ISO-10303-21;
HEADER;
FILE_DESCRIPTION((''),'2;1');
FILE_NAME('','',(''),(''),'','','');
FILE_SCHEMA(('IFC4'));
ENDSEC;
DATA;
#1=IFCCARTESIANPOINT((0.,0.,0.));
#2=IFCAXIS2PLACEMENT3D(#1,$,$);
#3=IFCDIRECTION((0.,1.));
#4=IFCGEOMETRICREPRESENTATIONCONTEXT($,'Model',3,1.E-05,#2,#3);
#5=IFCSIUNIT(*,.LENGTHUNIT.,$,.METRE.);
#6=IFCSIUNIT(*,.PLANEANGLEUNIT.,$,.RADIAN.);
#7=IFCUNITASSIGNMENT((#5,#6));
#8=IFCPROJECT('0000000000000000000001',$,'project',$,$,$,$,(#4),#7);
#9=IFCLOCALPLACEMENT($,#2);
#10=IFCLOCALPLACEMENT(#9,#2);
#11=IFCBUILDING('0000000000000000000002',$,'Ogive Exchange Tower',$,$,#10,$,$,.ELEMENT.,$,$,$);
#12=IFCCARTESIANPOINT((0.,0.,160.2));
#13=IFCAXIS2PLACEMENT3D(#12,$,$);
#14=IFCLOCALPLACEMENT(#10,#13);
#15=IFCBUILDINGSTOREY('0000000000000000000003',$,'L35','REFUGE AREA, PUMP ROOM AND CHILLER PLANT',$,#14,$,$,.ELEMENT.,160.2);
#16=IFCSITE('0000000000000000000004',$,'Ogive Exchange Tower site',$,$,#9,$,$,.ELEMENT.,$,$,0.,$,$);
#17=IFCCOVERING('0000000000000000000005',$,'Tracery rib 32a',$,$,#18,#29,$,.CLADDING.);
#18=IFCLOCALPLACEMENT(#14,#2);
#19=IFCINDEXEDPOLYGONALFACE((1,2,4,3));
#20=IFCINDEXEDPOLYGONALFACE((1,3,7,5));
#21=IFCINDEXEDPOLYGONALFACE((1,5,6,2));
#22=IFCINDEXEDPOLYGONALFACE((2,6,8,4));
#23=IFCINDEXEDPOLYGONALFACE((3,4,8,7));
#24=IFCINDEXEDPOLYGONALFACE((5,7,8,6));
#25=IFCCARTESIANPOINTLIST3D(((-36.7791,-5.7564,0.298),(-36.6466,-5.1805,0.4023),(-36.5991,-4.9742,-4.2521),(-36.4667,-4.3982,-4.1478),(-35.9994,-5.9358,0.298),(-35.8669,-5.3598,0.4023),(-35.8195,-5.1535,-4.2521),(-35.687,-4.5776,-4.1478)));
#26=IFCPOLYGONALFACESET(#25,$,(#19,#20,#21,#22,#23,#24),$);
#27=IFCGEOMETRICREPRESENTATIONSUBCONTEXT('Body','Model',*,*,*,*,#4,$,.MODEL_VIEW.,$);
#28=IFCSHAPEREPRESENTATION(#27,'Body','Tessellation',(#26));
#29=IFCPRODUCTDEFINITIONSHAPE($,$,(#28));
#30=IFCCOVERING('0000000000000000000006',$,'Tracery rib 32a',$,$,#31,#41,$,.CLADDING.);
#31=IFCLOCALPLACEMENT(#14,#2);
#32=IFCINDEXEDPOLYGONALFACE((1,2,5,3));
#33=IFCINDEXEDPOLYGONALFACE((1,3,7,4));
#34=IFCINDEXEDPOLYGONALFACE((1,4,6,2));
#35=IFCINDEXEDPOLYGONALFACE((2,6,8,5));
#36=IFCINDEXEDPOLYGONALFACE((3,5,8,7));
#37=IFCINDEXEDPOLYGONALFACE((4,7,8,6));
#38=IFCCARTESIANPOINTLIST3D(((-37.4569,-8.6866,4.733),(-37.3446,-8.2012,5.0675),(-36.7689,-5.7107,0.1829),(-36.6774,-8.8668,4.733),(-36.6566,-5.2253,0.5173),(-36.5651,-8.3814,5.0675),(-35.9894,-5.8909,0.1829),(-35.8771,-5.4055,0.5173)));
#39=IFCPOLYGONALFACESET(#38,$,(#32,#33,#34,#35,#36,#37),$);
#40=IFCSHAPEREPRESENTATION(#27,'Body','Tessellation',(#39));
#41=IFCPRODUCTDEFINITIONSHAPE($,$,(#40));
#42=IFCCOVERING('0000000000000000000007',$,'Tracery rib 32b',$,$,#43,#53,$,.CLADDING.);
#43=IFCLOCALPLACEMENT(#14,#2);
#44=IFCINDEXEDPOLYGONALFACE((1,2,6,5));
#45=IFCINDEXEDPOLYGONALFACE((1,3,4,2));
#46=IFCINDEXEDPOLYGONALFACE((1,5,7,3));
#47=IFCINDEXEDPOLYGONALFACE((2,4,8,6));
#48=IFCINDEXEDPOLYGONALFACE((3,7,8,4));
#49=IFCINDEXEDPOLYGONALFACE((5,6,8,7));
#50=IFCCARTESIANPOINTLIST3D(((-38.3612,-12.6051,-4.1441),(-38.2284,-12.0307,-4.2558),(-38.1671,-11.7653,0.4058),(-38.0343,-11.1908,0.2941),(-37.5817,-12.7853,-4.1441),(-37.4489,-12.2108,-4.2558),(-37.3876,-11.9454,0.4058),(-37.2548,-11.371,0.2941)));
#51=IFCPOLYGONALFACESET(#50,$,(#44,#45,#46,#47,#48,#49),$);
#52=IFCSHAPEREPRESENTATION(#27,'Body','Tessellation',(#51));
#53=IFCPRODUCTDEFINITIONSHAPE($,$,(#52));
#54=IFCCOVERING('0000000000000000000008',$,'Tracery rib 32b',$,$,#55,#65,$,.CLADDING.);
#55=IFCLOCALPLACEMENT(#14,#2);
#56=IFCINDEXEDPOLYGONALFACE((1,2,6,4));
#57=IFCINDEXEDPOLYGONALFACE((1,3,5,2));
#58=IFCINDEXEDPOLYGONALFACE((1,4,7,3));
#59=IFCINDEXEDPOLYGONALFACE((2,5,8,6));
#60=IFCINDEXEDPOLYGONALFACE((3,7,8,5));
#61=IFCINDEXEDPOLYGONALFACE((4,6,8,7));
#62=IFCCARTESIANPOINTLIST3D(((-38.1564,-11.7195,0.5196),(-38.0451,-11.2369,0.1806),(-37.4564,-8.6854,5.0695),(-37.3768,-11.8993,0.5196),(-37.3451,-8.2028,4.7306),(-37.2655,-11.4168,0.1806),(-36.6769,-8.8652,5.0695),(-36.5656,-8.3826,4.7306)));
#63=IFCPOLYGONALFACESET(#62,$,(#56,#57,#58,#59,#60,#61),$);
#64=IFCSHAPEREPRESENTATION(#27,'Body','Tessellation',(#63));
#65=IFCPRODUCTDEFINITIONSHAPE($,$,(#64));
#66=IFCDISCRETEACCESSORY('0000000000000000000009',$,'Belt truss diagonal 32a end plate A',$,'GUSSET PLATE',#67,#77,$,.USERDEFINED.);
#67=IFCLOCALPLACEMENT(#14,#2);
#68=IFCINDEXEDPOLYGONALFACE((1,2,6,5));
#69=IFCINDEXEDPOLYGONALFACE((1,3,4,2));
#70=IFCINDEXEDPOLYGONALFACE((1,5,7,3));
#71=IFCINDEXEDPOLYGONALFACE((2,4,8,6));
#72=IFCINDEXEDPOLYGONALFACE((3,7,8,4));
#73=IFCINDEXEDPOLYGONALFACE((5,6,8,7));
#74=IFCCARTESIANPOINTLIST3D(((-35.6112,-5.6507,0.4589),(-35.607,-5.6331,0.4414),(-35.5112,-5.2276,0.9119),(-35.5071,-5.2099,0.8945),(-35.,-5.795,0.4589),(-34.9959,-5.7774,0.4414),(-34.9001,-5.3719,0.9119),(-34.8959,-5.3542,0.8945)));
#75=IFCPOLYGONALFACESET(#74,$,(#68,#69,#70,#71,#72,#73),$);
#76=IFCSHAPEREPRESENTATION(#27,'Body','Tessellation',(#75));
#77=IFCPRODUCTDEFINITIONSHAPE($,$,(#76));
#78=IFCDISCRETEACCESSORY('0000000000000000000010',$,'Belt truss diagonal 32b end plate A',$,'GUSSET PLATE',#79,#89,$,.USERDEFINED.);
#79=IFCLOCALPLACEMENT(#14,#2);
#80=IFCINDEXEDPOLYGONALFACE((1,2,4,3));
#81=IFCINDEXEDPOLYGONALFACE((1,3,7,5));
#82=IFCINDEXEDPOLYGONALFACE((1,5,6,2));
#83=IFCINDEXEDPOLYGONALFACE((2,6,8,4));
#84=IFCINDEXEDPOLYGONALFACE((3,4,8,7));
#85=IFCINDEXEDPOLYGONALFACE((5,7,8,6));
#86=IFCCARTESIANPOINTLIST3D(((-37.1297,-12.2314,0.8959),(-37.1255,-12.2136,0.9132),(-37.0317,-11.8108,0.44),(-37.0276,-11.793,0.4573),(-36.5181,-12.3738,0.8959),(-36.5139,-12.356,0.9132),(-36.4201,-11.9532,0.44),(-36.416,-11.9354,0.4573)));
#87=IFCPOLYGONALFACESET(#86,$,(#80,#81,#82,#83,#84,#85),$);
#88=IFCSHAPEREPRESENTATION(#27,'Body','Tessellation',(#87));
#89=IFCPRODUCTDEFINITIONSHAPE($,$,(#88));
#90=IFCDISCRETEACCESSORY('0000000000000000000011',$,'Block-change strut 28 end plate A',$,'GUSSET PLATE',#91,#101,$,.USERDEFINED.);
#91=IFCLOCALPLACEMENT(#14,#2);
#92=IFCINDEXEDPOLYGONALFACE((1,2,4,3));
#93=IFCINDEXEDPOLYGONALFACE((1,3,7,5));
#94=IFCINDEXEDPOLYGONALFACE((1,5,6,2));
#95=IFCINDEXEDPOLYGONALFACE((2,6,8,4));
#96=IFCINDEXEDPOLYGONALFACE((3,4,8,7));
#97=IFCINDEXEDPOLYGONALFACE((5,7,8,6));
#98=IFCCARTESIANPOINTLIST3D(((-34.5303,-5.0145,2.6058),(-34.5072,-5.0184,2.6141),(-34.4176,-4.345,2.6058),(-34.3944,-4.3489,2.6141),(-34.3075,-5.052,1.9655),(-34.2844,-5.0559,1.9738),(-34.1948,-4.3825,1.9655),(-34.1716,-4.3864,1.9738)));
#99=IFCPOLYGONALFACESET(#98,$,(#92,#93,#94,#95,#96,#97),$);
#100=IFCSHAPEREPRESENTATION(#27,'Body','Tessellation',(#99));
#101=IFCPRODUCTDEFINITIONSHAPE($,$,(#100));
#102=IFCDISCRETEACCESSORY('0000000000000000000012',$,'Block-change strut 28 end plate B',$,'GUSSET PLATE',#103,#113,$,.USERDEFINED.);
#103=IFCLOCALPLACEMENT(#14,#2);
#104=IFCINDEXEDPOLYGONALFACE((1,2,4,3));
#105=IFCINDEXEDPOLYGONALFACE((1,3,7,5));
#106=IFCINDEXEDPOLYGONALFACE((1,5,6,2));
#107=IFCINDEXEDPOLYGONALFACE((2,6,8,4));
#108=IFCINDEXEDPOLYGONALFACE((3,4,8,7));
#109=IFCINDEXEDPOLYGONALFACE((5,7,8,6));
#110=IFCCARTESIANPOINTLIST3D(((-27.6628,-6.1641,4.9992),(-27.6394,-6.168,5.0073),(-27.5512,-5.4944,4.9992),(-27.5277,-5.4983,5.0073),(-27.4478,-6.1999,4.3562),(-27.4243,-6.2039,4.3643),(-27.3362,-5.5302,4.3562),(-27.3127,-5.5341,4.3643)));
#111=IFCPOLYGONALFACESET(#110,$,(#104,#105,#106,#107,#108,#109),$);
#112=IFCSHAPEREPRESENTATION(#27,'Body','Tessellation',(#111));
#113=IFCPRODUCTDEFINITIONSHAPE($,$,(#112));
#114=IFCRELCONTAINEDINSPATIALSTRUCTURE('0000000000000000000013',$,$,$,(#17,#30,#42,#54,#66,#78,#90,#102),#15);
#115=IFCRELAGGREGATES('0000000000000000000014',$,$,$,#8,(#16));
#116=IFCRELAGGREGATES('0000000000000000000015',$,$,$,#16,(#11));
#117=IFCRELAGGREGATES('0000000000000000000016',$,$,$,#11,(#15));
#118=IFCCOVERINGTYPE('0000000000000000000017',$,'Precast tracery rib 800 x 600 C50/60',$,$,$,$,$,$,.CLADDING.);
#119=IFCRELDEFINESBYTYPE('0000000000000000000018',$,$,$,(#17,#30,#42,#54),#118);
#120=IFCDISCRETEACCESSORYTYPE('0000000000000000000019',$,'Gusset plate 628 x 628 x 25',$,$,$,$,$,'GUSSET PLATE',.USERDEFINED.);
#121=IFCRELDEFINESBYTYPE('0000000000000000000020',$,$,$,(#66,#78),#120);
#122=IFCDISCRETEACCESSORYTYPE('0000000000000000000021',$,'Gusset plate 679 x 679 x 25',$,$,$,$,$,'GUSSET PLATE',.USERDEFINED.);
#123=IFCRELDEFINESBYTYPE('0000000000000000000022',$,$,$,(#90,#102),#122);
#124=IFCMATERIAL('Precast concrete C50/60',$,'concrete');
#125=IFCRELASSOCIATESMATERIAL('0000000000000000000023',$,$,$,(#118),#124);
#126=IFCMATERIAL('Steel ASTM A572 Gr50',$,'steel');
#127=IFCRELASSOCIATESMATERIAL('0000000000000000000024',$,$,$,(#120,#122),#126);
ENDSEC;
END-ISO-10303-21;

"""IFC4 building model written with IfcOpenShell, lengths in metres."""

from ifc_helpers import new_model, si_unit, direction, frame, origin, origin_2d, place, context, subcontext, project, spatial, rectangle, extrude, material, material_profile, profile_set, type_object, element, save


model = new_model("IFC4")

# Units and contexts
model_context = context("Model", 3, precision=1e-05, world=origin(), true_north=direction((0.0, 1.0)))
body_context = subcontext(model_context, "Body", "Model", "MODEL_VIEW")
ifc_project = project(units=[si_unit("LENGTHUNIT", "METRE"), si_unit("PLANEANGLEUNIT", "RADIAN")], contexts=[model_context])

# Site, building, storey
site_placement = place(None, origin())
site = spatial("IfcSite", under=ifc_project, at=site_placement, Name="Ogive Exchange Tower site", CompositionType="ELEMENT", RefElevation=0.0)
building_placement = place(site_placement, origin())
building = spatial("IfcBuilding", under=site, at=building_placement, Name="Ogive Exchange Tower", CompositionType="ELEMENT")
storey_placement = place(building_placement, frame((0.0, 0.0, 160.2)))
storey = spatial("IfcBuildingStorey", under=building, at=storey_placement, Name="L35", Description="REFUGE AREA, PUMP ROOM AND CHILLER PLANT", CompositionType="ELEMENT", Elevation=160.2)

# Coverings
ifc_material_1 = material(Name="Precast concrete C50/60", Category="concrete")
ifc_material_profile_1 = material_profile(ifc_material_1, rectangle(XDim=0.8, YDim=0.6001, at=origin_2d()), Name="RIB 800 x 600")
ifc_profile_set_1 = profile_set([ifc_material_profile_1], Name="Precast concrete C50/60")
covering_type = type_object("IfcCoveringType", Name="Precast tracery rib 800 x 600 C50/60", PredefinedType="CLADDING", material=ifc_profile_set_1)
covering_1_placement = place(storey_placement, frame((-36.1431, -4.7759, -4.2), z_axis=(-0.038944, -0.169302, 0.984795), x_axis=(0.97455, -0.224171, 0.0)))
element("IfcCovering", 1, at=covering_1_placement, inside=storey, type_object=covering_type, Name="Tracery rib 32a", PredefinedType="CLADDING", context=body_context, shape_type="SweptSolid", body=[
    extrude(rectangle(XDim=0.8, YDim=0.6001, at=origin_2d()), origin(), (0.0, 0.0, 1.0), 4.6204),
])
covering_2_placement = place(storey_placement, frame((-36.323, -5.5581, 0.3501), z_axis=(-0.125542, -0.543022, 0.830281), x_axis=(0.974301, -0.225251, 0.0)))
element("IfcCovering", 2, at=covering_2_placement, inside=storey, type_object=covering_type, Name="Tracery rib 32a", PredefinedType="CLADDING", context=body_context, shape_type="SweptSolid", body=[
    extrude(rectangle(XDim=0.8, YDim=0.6001, at=origin_2d()), origin(), (0.0, 0.0, 1.0), 5.4802),
])
covering_3_placement = place(storey_placement, frame((-37.905, -12.408, -4.2), z_axis=(0.041912, 0.181353, 0.982524), x_axis=(-0.97432, 0.22517, 0.0)))
element("IfcCovering", 3, at=covering_3_placement, inside=storey, type_object=covering_type, Name="Tracery rib 32b", PredefinedType="CLADDING", context=body_context, shape_type="SweptSolid", body=[
    extrude(rectangle(XDim=0.8, YDim=0.6001, at=origin_2d()), origin(), (0.0, 0.0, 1.0), 4.6309),
])
covering_4_placement = place(storey_placement, frame((-37.7109, -11.5681, 0.3501), z_axis=(0.126951, 0.550314, 0.82525), x_axis=(-0.974408, 0.224785, 0.0)))
element("IfcCovering", 4, at=covering_4_placement, inside=storey, type_object=covering_type, Name="Tracery rib 32b", PredefinedType="CLADDING", context=body_context, shape_type="SweptSolid", body=[
    extrude(rectangle(XDim=0.8, YDim=0.6001, at=origin_2d()), origin(), (0.0, 0.0, 1.0), 5.5134),
])

# Discrete accessories
ifc_material_2 = material(Name="Steel ASTM A572 Gr50", Category="steel")
ifc_material_profile_2 = material_profile(ifc_material_2, rectangle(XDim=0.6279, YDim=0.6279, at=origin_2d()), Name="PL 628 x 628 x 25")
ifc_profile_set_2 = profile_set([ifc_material_profile_2], Name="Steel ASTM A572 Gr50")
discrete_accessory_type_1 = type_object("IfcDiscreteAccessoryType", Name="Gusset plate 628 x 628 x 25", ElementType="GUSSET PLATE", PredefinedType="USERDEFINED", material=ifc_profile_set_2)
for number, where, z_axis, x_axis, name in (
    (5, (-35.2515, -5.4937, 0.668), (-0.165793, -0.70218, 0.692428), (0.97324, -0.229793, 0.0), "Belt truss diagonal 32a end plate A"),
    (6, (-36.7749, -12.0923, 0.668), (0.164661, 0.707074, 0.687702), (-0.97394, 0.226808, 0.0), "Belt truss diagonal 32b end plate A"),
):
    element("IfcDiscreteAccessory", number, at=place(storey_placement, frame(where, z_axis=z_axis, x_axis=x_axis)), inside=storey, type_object=discrete_accessory_type_1, Name=name, ObjectType="GUSSET PLATE", PredefinedType="USERDEFINED", context=body_context, shape_type="SweptSolid", body=[
        extrude(rectangle(XDim=0.6279, YDim=0.6279, at=origin_2d()), origin(), (0.0, 0.0, 1.0), 0.0251),
    ])
ifc_material_profile_3 = material_profile(ifc_material_2, rectangle(XDim=0.679, YDim=0.679, at=origin_2d()), Name="PL 679 x 679 x 25")
ifc_profile_set_3 = profile_set([ifc_material_profile_3], Name="Steel ASTM A572 Gr50")
discrete_accessory_type_2 = type_object("IfcDiscreteAccessoryType", Name="Gusset plate 679 x 679 x 25", ElementType="GUSSET PLATE", PredefinedType="USERDEFINED", material=ifc_profile_set_3)
discrete_accessory_1_placement = place(storey_placement, frame((-34.3625, -4.6985, 2.2856), z_axis=(0.929899, -0.156615, 0.332806), x_axis=(0.166082, 0.986112, 0.0)))
element("IfcDiscreteAccessory", 7, at=discrete_accessory_1_placement, inside=storey, type_object=discrete_accessory_type_2, Name="Block-change strut 28 end plate A", ObjectType="GUSSET PLATE", PredefinedType="USERDEFINED", context=body_context, shape_type="SweptSolid", body=[
    extrude(rectangle(XDim=0.679, YDim=0.679, at=origin_2d()), origin(), (0.0, 0.0, 1.0), 0.0249),
])
discrete_accessory_2_placement = place(storey_placement, frame((-27.4995, -5.8472, 4.6777), z_axis=(0.934155, -0.155692, 0.321116), x_axis=(0.164399, 0.986394, 0.0)))
element("IfcDiscreteAccessory", 8, at=discrete_accessory_2_placement, inside=storey, type_object=discrete_accessory_type_2, Name="Block-change strut 28 end plate B", ObjectType="GUSSET PLATE", PredefinedType="USERDEFINED", context=body_context, shape_type="SweptSolid", body=[
    extrude(rectangle(XDim=0.679, YDim=0.679, at=origin_2d()), origin(), (0.0, 0.0, 1.0), 0.0251),
])

save(model, "model.ifc")
